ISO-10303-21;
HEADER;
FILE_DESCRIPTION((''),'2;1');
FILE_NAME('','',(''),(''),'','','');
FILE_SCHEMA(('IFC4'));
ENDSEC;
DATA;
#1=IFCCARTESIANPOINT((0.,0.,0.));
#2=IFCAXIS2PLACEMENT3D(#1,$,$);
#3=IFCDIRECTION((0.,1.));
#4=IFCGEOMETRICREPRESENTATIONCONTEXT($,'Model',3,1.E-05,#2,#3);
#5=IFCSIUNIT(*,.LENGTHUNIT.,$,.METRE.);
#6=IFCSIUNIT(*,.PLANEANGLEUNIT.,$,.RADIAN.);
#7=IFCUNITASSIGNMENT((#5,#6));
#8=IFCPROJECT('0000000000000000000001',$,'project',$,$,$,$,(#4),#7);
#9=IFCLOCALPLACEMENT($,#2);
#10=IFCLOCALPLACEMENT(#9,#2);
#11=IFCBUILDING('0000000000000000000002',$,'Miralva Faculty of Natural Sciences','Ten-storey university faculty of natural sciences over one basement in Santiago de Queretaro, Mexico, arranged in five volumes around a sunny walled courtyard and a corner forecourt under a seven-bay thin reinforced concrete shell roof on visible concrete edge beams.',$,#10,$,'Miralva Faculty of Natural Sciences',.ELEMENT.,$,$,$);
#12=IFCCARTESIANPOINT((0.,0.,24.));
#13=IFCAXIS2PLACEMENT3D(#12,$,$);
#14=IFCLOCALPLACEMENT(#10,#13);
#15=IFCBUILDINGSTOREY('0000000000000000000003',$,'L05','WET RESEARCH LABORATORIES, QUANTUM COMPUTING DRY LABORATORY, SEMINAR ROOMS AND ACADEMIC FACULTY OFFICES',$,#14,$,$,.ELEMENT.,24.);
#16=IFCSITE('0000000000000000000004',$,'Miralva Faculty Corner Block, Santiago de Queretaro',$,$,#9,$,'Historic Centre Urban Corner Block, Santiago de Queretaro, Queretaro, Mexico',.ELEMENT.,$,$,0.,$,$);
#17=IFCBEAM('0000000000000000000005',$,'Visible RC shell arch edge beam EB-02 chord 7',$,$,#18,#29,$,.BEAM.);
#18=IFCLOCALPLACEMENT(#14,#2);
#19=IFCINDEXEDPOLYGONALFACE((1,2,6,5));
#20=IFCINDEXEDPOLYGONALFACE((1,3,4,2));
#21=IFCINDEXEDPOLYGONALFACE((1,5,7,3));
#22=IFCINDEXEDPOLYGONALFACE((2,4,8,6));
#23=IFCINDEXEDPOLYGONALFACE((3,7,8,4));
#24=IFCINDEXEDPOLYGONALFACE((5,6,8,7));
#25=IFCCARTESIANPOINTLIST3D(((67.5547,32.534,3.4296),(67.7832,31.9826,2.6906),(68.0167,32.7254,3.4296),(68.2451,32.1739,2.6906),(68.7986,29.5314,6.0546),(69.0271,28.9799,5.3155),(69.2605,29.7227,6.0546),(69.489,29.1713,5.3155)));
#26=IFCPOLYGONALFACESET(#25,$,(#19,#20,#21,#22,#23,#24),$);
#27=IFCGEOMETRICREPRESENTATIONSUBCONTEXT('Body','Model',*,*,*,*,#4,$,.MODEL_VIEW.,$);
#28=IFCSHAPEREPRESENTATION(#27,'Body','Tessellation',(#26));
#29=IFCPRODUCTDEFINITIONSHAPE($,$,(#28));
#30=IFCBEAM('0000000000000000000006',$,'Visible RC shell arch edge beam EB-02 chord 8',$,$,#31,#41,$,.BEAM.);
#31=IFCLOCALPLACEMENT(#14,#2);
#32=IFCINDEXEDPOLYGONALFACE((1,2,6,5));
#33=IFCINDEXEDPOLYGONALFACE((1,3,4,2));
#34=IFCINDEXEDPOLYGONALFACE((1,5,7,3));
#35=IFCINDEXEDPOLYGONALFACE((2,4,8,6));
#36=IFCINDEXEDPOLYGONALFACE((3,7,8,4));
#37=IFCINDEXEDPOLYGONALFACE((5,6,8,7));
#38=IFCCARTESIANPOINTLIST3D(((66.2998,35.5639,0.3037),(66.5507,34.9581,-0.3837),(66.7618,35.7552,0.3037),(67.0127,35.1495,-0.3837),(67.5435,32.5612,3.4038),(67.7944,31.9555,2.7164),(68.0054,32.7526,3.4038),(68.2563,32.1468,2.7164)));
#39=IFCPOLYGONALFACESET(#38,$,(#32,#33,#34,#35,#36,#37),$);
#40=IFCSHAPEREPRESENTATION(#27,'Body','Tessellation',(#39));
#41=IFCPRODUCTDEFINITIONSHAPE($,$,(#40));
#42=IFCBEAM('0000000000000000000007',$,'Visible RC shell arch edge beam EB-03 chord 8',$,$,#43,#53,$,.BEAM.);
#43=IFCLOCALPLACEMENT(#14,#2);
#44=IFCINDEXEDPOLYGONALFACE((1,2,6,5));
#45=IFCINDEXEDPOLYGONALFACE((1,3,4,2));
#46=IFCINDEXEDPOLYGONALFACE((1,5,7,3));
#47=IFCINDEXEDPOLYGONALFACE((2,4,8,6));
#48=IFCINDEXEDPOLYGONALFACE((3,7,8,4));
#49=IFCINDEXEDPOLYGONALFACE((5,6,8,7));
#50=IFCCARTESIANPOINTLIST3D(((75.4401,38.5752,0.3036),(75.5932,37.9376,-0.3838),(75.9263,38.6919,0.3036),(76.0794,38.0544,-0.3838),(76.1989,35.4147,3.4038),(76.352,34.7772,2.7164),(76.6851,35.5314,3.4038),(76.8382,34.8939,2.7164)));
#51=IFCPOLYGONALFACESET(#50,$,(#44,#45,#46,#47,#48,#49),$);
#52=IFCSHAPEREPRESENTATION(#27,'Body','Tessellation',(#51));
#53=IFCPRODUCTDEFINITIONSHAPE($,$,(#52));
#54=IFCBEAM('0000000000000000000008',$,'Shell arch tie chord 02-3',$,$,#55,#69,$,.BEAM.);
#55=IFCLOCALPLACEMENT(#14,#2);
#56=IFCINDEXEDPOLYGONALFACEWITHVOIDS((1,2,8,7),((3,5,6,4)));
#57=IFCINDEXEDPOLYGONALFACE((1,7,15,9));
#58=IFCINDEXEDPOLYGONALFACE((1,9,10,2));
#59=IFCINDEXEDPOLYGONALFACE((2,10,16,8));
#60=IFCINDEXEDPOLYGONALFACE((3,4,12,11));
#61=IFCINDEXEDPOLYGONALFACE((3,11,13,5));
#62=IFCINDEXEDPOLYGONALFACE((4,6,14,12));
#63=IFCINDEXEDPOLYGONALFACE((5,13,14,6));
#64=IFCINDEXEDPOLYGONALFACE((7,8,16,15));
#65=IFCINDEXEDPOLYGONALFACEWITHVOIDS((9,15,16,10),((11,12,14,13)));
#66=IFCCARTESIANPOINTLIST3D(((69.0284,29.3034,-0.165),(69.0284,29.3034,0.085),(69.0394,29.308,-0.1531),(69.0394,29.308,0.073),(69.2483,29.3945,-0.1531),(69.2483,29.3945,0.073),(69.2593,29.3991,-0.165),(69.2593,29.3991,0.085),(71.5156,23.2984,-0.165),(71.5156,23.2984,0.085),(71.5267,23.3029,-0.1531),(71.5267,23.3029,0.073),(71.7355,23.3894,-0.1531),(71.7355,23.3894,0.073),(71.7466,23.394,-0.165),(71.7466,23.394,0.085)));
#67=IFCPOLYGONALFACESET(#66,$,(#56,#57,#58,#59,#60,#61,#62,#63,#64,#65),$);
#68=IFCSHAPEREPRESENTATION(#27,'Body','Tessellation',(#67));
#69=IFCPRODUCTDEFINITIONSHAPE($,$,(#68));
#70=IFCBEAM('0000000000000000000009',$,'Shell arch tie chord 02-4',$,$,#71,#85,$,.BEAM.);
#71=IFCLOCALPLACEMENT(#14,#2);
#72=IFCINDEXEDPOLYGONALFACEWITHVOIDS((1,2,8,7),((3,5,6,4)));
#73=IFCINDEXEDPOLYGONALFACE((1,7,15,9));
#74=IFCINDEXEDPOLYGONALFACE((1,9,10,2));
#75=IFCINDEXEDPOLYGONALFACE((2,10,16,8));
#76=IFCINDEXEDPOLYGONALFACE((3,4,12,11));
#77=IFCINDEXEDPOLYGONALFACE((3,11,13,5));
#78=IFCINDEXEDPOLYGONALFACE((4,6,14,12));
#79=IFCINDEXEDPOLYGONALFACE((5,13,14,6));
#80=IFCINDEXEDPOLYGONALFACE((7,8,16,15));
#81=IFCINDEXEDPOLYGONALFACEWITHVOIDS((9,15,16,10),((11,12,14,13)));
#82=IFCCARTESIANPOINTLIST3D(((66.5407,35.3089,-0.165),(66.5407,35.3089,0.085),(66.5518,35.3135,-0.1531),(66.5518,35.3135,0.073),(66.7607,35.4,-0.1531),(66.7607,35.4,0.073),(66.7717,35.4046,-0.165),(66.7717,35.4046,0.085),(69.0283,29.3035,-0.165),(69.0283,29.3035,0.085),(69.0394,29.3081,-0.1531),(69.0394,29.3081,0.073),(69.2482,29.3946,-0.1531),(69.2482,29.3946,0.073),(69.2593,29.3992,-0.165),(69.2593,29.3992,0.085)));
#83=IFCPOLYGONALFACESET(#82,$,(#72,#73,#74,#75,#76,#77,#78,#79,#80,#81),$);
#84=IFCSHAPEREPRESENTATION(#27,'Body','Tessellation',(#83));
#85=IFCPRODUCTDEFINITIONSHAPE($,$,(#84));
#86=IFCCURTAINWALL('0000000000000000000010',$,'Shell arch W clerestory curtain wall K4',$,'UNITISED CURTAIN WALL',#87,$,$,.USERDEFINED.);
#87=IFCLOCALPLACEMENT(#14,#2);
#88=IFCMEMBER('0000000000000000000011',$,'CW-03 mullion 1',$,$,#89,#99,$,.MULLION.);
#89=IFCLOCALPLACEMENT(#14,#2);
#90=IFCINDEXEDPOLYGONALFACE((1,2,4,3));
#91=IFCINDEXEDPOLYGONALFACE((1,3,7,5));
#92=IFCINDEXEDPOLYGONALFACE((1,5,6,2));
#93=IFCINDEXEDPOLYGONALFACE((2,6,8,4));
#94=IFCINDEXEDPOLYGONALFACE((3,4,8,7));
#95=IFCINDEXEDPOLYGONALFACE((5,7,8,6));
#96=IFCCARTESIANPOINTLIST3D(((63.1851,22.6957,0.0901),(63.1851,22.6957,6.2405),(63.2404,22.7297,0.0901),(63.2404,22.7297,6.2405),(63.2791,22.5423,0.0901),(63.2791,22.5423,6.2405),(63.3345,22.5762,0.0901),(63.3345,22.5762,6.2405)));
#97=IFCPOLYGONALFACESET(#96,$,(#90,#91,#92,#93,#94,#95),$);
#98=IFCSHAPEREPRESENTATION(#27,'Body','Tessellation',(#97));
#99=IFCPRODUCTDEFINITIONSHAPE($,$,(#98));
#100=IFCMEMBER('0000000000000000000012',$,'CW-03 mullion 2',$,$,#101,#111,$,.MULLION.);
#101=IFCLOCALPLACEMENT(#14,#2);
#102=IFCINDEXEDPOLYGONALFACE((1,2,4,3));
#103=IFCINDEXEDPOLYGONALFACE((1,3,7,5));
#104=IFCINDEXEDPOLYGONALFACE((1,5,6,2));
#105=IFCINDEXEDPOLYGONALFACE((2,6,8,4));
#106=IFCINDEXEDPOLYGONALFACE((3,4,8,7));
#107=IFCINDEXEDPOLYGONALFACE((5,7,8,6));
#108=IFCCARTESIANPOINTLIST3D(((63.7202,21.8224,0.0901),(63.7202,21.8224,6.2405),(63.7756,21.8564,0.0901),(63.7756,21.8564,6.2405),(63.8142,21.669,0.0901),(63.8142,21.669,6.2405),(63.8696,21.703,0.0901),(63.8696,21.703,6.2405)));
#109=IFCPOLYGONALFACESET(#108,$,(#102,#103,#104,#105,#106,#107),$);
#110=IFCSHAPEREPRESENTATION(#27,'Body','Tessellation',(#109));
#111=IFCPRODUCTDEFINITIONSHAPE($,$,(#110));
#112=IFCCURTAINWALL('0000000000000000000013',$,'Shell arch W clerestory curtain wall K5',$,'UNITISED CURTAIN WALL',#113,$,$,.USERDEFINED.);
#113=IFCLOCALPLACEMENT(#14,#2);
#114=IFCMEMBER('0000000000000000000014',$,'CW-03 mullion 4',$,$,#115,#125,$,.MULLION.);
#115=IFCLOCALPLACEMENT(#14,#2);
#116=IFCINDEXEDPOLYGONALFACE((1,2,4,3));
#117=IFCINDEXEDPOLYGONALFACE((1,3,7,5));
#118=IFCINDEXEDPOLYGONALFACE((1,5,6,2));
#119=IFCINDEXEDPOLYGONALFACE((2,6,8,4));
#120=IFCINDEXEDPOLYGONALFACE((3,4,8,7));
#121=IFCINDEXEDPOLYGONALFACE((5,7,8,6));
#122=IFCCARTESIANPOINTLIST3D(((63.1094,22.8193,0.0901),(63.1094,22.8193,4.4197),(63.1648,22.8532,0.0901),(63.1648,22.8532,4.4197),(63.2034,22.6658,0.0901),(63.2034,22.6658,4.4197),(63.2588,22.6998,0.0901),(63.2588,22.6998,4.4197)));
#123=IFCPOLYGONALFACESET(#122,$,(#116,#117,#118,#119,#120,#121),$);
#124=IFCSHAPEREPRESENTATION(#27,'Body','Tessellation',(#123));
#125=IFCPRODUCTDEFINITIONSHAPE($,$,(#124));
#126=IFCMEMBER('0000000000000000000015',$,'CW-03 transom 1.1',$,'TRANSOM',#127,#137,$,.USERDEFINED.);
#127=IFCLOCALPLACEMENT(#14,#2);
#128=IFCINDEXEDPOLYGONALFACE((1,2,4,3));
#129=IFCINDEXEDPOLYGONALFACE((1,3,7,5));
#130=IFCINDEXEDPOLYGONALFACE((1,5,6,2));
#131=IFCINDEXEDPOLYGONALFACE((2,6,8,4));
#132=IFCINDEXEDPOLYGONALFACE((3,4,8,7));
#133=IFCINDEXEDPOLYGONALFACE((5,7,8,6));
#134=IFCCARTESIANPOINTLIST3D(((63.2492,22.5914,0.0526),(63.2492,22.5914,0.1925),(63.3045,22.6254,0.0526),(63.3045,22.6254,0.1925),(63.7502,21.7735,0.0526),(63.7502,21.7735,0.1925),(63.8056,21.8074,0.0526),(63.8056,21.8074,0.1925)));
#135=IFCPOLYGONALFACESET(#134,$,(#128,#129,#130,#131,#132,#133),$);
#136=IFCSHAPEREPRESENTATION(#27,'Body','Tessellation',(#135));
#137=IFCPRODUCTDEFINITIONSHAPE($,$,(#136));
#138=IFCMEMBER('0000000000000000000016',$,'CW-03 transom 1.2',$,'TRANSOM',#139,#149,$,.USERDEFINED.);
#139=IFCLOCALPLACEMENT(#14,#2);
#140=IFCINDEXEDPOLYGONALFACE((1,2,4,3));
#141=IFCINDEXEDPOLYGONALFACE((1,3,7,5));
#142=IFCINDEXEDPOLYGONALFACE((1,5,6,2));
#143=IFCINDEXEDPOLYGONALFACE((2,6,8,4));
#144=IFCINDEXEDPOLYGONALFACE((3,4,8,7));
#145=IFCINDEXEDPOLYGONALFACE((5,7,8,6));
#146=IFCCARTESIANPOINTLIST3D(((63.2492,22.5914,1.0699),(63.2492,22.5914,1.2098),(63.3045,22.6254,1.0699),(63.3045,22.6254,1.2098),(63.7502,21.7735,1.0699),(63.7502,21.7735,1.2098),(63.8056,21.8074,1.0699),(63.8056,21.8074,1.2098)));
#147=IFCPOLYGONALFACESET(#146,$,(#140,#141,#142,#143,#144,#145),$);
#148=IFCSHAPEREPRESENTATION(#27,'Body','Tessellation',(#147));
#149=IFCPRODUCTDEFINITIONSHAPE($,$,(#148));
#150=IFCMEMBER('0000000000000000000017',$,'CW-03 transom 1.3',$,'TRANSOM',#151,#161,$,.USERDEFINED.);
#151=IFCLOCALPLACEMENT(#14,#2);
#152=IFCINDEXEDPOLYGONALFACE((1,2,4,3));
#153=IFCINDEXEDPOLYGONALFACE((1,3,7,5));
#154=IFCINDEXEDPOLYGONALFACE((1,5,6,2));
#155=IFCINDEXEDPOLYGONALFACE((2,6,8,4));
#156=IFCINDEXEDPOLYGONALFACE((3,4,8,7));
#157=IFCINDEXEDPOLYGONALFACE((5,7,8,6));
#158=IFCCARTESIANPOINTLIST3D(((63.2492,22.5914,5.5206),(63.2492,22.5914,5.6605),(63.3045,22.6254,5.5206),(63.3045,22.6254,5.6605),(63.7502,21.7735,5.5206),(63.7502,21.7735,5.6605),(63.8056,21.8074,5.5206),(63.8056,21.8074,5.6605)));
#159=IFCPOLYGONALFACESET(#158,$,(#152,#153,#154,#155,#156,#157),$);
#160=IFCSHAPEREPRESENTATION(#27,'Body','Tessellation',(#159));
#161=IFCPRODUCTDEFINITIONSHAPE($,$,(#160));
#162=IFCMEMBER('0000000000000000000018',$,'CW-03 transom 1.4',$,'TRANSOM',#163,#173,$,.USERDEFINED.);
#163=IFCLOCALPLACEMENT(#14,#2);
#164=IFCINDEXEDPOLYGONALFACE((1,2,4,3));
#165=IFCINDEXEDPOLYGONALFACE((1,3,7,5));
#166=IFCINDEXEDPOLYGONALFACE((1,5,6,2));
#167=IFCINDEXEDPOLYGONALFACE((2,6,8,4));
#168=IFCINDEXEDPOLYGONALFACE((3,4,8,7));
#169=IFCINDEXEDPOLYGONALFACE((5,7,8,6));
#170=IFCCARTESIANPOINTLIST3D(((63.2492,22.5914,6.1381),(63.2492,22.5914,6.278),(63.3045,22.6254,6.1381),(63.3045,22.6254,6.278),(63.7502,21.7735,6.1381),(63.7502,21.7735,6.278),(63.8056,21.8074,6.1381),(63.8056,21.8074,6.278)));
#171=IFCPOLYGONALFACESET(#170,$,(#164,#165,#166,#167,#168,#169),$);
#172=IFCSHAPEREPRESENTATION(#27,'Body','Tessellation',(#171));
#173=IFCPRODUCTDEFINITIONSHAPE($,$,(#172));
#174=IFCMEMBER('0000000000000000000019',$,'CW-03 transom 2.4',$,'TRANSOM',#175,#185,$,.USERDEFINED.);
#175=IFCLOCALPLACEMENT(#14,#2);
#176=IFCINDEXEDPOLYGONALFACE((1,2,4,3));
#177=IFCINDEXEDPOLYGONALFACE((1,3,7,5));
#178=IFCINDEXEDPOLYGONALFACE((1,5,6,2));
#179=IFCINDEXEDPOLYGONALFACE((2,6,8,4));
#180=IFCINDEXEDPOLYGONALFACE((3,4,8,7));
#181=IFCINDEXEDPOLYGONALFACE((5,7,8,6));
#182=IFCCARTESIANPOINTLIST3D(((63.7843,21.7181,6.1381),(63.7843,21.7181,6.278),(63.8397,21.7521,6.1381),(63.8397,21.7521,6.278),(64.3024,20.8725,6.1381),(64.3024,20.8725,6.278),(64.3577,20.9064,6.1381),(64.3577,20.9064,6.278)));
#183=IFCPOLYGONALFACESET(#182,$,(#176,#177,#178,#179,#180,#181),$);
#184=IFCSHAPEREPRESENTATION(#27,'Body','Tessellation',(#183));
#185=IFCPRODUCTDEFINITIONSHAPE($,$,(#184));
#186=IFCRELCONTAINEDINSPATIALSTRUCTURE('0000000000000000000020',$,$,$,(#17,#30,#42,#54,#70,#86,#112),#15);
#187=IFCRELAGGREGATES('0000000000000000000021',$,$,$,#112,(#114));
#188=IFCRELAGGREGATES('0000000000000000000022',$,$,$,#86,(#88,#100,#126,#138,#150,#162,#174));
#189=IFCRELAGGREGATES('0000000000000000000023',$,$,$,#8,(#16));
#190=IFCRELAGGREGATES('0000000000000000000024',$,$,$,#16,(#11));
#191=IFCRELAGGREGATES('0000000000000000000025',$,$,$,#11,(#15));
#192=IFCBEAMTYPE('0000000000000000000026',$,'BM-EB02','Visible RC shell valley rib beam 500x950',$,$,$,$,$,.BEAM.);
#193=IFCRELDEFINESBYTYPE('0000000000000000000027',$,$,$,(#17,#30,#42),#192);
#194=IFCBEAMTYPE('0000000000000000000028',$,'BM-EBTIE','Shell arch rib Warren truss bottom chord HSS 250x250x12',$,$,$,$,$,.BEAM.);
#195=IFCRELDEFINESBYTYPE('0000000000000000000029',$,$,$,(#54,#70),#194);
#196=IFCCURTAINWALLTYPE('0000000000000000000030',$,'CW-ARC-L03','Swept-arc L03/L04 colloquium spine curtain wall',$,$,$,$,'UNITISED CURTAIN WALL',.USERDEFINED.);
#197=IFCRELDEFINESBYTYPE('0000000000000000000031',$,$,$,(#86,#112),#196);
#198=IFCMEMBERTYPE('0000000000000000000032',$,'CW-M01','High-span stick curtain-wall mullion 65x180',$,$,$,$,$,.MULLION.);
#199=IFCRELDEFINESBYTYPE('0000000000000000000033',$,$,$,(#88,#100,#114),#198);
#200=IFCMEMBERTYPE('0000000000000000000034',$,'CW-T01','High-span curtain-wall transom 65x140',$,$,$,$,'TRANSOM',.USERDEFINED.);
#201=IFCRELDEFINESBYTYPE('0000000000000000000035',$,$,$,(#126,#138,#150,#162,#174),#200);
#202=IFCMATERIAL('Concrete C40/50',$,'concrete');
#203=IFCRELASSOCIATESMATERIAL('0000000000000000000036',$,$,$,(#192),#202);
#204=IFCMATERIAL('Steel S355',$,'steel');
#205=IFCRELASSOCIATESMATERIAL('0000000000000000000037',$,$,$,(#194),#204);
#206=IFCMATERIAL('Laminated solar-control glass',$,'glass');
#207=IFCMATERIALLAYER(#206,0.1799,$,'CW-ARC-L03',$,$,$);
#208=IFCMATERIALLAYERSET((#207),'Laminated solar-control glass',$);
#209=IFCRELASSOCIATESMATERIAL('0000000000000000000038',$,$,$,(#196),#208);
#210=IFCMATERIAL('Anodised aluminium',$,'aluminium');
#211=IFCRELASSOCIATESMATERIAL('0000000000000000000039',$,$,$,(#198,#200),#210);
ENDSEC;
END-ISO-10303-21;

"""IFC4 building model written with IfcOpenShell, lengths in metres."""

from ifc_helpers import new_model, si_unit, direction, frame, origin, origin_2d, place, context, subcontext, project, spatial, rectangle, hollow_rectangle, extrude, material, layer, layer_set, material_profile, profile_set, type_object, element, aggregate, save


model = new_model("IFC4")

# Units and contexts
model_context = context("Model", 3, precision=1e-05, world=origin(), true_north=direction((0.0, 1.0)))
body_context = subcontext(model_context, "Body", "Model", "MODEL_VIEW")
ifc_project = project(units=[si_unit("LENGTHUNIT", "METRE"), si_unit("PLANEANGLEUNIT", "RADIAN")], contexts=[model_context])

# Site, building, storey
site_placement = place(None, origin())
site = spatial("IfcSite", under=ifc_project, at=site_placement, Name="Miralva Faculty Corner Block, Santiago de Queretaro", LongName="Historic Centre Urban Corner Block, Santiago de Queretaro, Queretaro, Mexico", CompositionType="ELEMENT", RefElevation=0.0)
building_placement = place(site_placement, origin())
building = spatial("IfcBuilding", under=site, at=building_placement, Name="Miralva Faculty of Natural Sciences", Description="Ten-storey university faculty of natural sciences over one basement in Santiago de Queretaro, Mexico, arranged in five volumes around a sunny walled courtyard and a corner forecourt under a seven-bay thin reinforced concrete shell roof on visible concrete edge beams.", LongName="Miralva Faculty of Natural Sciences", CompositionType="ELEMENT")
storey_placement = place(building_placement, frame((0.0, 0.0, 24.0)))
storey = spatial("IfcBuildingStorey", under=building, at=storey_placement, Name="L05", Description="WET RESEARCH LABORATORIES, QUANTUM COMPUTING DRY LABORATORY, SEMINAR ROOMS AND ACADEMIC FACULTY OFFICES", CompositionType="ELEMENT", Elevation=24.0)

# Beams
ifc_material_1 = material(Name="Concrete C40/50", Category="concrete")
ifc_material_profile_1 = material_profile(ifc_material_1, rectangle(XDim=0.5, YDim=0.95, at=origin_2d()), Name="RC 500x950")
ifc_profile_set_1 = profile_set([ifc_material_profile_1], Name="Concrete C40/50")
beam_type_1 = type_object("IfcBeamType", Name="BM-EB02", Description="Visible RC shell valley rib beam 500x950", PredefinedType="BEAM", material=ifc_profile_set_1)
beam_1_placement = place(storey_placement, frame((69.1438, 29.3513, 5.6851), z_axis=(-0.29774, 0.718724, -0.628321), x_axis=(-0.923864, -0.382721, 0.0)))
element("IfcBeam", 1, at=beam_1_placement, inside=storey, type_object=beam_type_1, Name="Visible RC shell arch edge beam EB-02 chord 7", PredefinedType="BEAM", context=body_context, shape_type="SweptSolid", body=[
    extrude(rectangle(XDim=0.5, YDim=0.95, at=origin_2d()), origin(), (0.0, 0.0, 1.0), 4.1777),
])
beam_2_placement = place(storey_placement, frame((67.8999, 32.354, 3.0601), z_axis=(-0.276891, 0.668529, -0.690217), x_axis=(-0.92389, -0.382657, 0.0)))
element("IfcBeam", 2, at=beam_2_placement, inside=storey, type_object=beam_type_1, Name="Visible RC shell arch edge beam EB-02 chord 8", PredefinedType="BEAM", context=body_context, shape_type="SweptSolid", body=[
    extrude(rectangle(XDim=0.5, YDim=0.95, at=origin_2d()), origin(), (0.0, 0.0, 1.0), 4.4915),
])
beam_3_placement = place(storey_placement, frame((76.5186, 35.1543, 3.0601), z_axis=(-0.168935, 0.703624, -0.690199), x_axis=(-0.972367, -0.233458, 0.0)))
element("IfcBeam", 3, at=beam_3_placement, inside=storey, type_object=beam_type_1, Name="Visible RC shell arch edge beam EB-03 chord 8", PredefinedType="BEAM", context=body_context, shape_type="SweptSolid", body=[
    extrude(rectangle(XDim=0.5, YDim=0.95, at=origin_2d()), origin(), (0.0, 0.0, 1.0), 4.4917),
])
ifc_material_2 = material(Name="Steel S355", Category="steel")
ifc_material_profile_2 = material_profile(ifc_material_2, hollow_rectangle(XDim=0.25, YDim=0.25, WallThickness=0.012, at=origin_2d()), Name="HSS 250x250x12")
ifc_profile_set_2 = profile_set([ifc_material_profile_2], Name="Steel S355")
beam_type_2 = type_object("IfcBeamType", Name="BM-EBTIE", Description="Shell arch rib Warren truss bottom chord HSS 250x250x12", PredefinedType="BEAM", material=ifc_profile_set_2)
beam_4_placement = place(storey_placement, frame((71.6311, 23.3462, -0.04), z_axis=(-0.38267, 0.923885, 0.0), x_axis=(-0.923885, -0.38267, 0.0)))
element("IfcBeam", 4, at=beam_4_placement, inside=storey, type_object=beam_type_2, Name="Shell arch tie chord 02-3", PredefinedType="BEAM", context=body_context, shape_type="SweptSolid", body=[
    extrude(hollow_rectangle(XDim=0.25, YDim=0.25, WallThickness=0.012, at=origin_2d()), origin(), (0.0, 0.0, 1.0), 6.4998),
])
beam_5_placement = place(storey_placement, frame((69.1438, 29.3513, -0.04), z_axis=(-0.382689, 0.923877, 0.0), x_axis=(-0.923877, -0.382689, 0.0)))
element("IfcBeam", 5, at=beam_5_placement, inside=storey, type_object=beam_type_2, Name="Shell arch tie chord 02-4", PredefinedType="BEAM", context=body_context, shape_type="SweptSolid", body=[
    extrude(hollow_rectangle(XDim=0.25, YDim=0.25, WallThickness=0.012, at=origin_2d()), origin(), (0.0, 0.0, 1.0), 6.5002),
])

# Curtain wall, members
ifc_material_3 = material(Name="Laminated solar-control glass", Category="glass")
ifc_layer_1 = layer(ifc_material_3, 0.1799, Name="CW-ARC-L03")
ifc_layer_set_1 = layer_set([ifc_layer_1], Name="Laminated solar-control glass")
curtain_wall_type = type_object("IfcCurtainWallType", Name="CW-ARC-L03", Description="Swept-arc L03/L04 colloquium spine curtain wall", ElementType="UNITISED CURTAIN WALL", PredefinedType="USERDEFINED", material=ifc_layer_set_1)
curtain_wall_1_placement = place(storey_placement, origin())
curtain_wall_1 = element("IfcCurtainWall", 6, at=curtain_wall_1_placement, inside=storey, type_object=curtain_wall_type, Name="Shell arch W clerestory curtain wall K4", ObjectType="UNITISED CURTAIN WALL", PredefinedType="USERDEFINED")
ifc_material_4 = material(Name="Anodised aluminium", Category="aluminium")
ifc_material_profile_3 = material_profile(ifc_material_4, rectangle(XDim=0.0649, YDim=0.1799, at=origin_2d()), Name="MULLION 65x180")
ifc_profile_set_3 = profile_set([ifc_material_profile_3], Name="Anodised aluminium")
member_type_1 = type_object("IfcMemberType", Name="CW-M01", Description="High-span stick curtain-wall mullion 65x180", PredefinedType="MULLION", material=ifc_profile_set_3)
member_1_placement = place(storey_placement, frame((63.2598, 22.636, 0.0901), z_axis=(0.0, 0.0, 1.0), x_axis=(0.852632, 0.522512, 0.0)))
member_1 = element("IfcMember", 7, at=member_1_placement, type_object=member_type_1, Name="CW-03 mullion 1", PredefinedType="MULLION", context=body_context, shape_type="SweptSolid", body=[
    extrude(rectangle(XDim=0.0649, YDim=0.1799, at=origin_2d()), origin(), (0.0, 0.0, 1.0), 6.1504),
])
member_2_placement = place(storey_placement, frame((63.7949, 21.7627, 0.0901), z_axis=(0.0, 0.0, 1.0), x_axis=(0.852632, 0.522512, 0.0)))
member_2 = element("IfcMember", 8, at=member_2_placement, type_object=member_type_1, Name="CW-03 mullion 2", PredefinedType="MULLION", context=body_context, shape_type="SweptSolid", body=[
    extrude(rectangle(XDim=0.0649, YDim=0.1799, at=origin_2d()), origin(), (0.0, 0.0, 1.0), 6.1504),
])

# Curtain wall, member
curtain_wall_2_placement = place(storey_placement, origin())
curtain_wall_2 = element("IfcCurtainWall", 9, at=curtain_wall_2_placement, inside=storey, type_object=curtain_wall_type, Name="Shell arch W clerestory curtain wall K5", ObjectType="UNITISED CURTAIN WALL", PredefinedType="USERDEFINED")
member_3_placement = place(storey_placement, frame((63.1841, 22.7595, 0.0901), z_axis=(0.0, 0.0, 1.0), x_axis=(0.852646, 0.52249, 0.0)))
member_3 = element("IfcMember", 10, at=member_3_placement, type_object=member_type_1, Name="CW-03 mullion 4", PredefinedType="MULLION", context=body_context, shape_type="SweptSolid", body=[
    extrude(rectangle(XDim=0.0649, YDim=0.1799, at=origin_2d()), origin(), (0.0, 0.0, 1.0), 4.3296),
])
aggregate(curtain_wall_2, [member_3])

# Members
ifc_material_profile_4 = material_profile(ifc_material_4, rectangle(XDim=0.0649, YDim=0.1399, at=origin_2d()), Name="TRANSOM 65x140")
ifc_profile_set_4 = profile_set([ifc_material_profile_4], Name="Anodised aluminium")
member_type_2 = type_object("IfcMemberType", Name="CW-T01", Description="High-span curtain-wall transom 65x140", ElementType="TRANSOM", PredefinedType="USERDEFINED", material=ifc_profile_set_4)
member_4_placement = place(storey_placement, frame((63.2769, 22.6084, 0.1226), z_axis=(0.522335, -0.85274, 0.0), x_axis=(0.85274, 0.522335, 0.0)))
member_4 = element("IfcMember", 11, at=member_4_placement, type_object=member_type_2, Name="CW-03 transom 1.1", ObjectType="TRANSOM", PredefinedType="USERDEFINED", context=body_context, shape_type="SweptSolid", body=[
    extrude(rectangle(XDim=0.0649, YDim=0.1399, at=origin_2d()), origin(), (0.0, 0.0, 1.0), 0.9592),
])
member_5_placement = place(storey_placement, frame((63.2769, 22.6084, 1.1399), z_axis=(0.522335, -0.85274, 0.0), x_axis=(0.85274, 0.522335, 0.0)))
member_5 = element("IfcMember", 12, at=member_5_placement, type_object=member_type_2, Name="CW-03 transom 1.2", ObjectType="TRANSOM", PredefinedType="USERDEFINED", context=body_context, shape_type="SweptSolid", body=[
    extrude(rectangle(XDim=0.0649, YDim=0.1399, at=origin_2d()), origin(), (0.0, 0.0, 1.0), 0.9592),
])
member_6_placement = place(storey_placement, frame((63.2769, 22.6084, 5.5906), z_axis=(0.522335, -0.85274, 0.0), x_axis=(0.85274, 0.522335, 0.0)))
member_6 = element("IfcMember", 13, at=member_6_placement, type_object=member_type_2, Name="CW-03 transom 1.3", ObjectType="TRANSOM", PredefinedType="USERDEFINED", context=body_context, shape_type="SweptSolid", body=[
    extrude(rectangle(XDim=0.0649, YDim=0.1399, at=origin_2d()), origin(), (0.0, 0.0, 1.0), 0.9592),
])
member_7_placement = place(storey_placement, frame((63.2769, 22.6084, 6.208), z_axis=(0.522335, -0.85274, 0.0), x_axis=(0.85274, 0.522335, 0.0)))
member_7 = element("IfcMember", 14, at=member_7_placement, type_object=member_type_2, Name="CW-03 transom 1.4", ObjectType="TRANSOM", PredefinedType="USERDEFINED", context=body_context, shape_type="SweptSolid", body=[
    extrude(rectangle(XDim=0.0649, YDim=0.1399, at=origin_2d()), origin(), (0.0, 0.0, 1.0), 0.9592),
])
member_8_placement = place(storey_placement, frame((63.812, 21.7351, 6.208), z_axis=(0.522366, -0.852722, 0.0), x_axis=(0.852722, 0.522366, 0.0)))
member_8 = element("IfcMember", 15, at=member_8_placement, type_object=member_type_2, Name="CW-03 transom 2.4", ObjectType="TRANSOM", PredefinedType="USERDEFINED", context=body_context, shape_type="SweptSolid", body=[
    extrude(rectangle(XDim=0.0649, YDim=0.1399, at=origin_2d()), origin(), (0.0, 0.0, 1.0), 0.9917),
])

aggregate(curtain_wall_1, [member_1, member_2, member_4, member_5, member_6, member_7, member_8])

save(model, "model.ifc")
